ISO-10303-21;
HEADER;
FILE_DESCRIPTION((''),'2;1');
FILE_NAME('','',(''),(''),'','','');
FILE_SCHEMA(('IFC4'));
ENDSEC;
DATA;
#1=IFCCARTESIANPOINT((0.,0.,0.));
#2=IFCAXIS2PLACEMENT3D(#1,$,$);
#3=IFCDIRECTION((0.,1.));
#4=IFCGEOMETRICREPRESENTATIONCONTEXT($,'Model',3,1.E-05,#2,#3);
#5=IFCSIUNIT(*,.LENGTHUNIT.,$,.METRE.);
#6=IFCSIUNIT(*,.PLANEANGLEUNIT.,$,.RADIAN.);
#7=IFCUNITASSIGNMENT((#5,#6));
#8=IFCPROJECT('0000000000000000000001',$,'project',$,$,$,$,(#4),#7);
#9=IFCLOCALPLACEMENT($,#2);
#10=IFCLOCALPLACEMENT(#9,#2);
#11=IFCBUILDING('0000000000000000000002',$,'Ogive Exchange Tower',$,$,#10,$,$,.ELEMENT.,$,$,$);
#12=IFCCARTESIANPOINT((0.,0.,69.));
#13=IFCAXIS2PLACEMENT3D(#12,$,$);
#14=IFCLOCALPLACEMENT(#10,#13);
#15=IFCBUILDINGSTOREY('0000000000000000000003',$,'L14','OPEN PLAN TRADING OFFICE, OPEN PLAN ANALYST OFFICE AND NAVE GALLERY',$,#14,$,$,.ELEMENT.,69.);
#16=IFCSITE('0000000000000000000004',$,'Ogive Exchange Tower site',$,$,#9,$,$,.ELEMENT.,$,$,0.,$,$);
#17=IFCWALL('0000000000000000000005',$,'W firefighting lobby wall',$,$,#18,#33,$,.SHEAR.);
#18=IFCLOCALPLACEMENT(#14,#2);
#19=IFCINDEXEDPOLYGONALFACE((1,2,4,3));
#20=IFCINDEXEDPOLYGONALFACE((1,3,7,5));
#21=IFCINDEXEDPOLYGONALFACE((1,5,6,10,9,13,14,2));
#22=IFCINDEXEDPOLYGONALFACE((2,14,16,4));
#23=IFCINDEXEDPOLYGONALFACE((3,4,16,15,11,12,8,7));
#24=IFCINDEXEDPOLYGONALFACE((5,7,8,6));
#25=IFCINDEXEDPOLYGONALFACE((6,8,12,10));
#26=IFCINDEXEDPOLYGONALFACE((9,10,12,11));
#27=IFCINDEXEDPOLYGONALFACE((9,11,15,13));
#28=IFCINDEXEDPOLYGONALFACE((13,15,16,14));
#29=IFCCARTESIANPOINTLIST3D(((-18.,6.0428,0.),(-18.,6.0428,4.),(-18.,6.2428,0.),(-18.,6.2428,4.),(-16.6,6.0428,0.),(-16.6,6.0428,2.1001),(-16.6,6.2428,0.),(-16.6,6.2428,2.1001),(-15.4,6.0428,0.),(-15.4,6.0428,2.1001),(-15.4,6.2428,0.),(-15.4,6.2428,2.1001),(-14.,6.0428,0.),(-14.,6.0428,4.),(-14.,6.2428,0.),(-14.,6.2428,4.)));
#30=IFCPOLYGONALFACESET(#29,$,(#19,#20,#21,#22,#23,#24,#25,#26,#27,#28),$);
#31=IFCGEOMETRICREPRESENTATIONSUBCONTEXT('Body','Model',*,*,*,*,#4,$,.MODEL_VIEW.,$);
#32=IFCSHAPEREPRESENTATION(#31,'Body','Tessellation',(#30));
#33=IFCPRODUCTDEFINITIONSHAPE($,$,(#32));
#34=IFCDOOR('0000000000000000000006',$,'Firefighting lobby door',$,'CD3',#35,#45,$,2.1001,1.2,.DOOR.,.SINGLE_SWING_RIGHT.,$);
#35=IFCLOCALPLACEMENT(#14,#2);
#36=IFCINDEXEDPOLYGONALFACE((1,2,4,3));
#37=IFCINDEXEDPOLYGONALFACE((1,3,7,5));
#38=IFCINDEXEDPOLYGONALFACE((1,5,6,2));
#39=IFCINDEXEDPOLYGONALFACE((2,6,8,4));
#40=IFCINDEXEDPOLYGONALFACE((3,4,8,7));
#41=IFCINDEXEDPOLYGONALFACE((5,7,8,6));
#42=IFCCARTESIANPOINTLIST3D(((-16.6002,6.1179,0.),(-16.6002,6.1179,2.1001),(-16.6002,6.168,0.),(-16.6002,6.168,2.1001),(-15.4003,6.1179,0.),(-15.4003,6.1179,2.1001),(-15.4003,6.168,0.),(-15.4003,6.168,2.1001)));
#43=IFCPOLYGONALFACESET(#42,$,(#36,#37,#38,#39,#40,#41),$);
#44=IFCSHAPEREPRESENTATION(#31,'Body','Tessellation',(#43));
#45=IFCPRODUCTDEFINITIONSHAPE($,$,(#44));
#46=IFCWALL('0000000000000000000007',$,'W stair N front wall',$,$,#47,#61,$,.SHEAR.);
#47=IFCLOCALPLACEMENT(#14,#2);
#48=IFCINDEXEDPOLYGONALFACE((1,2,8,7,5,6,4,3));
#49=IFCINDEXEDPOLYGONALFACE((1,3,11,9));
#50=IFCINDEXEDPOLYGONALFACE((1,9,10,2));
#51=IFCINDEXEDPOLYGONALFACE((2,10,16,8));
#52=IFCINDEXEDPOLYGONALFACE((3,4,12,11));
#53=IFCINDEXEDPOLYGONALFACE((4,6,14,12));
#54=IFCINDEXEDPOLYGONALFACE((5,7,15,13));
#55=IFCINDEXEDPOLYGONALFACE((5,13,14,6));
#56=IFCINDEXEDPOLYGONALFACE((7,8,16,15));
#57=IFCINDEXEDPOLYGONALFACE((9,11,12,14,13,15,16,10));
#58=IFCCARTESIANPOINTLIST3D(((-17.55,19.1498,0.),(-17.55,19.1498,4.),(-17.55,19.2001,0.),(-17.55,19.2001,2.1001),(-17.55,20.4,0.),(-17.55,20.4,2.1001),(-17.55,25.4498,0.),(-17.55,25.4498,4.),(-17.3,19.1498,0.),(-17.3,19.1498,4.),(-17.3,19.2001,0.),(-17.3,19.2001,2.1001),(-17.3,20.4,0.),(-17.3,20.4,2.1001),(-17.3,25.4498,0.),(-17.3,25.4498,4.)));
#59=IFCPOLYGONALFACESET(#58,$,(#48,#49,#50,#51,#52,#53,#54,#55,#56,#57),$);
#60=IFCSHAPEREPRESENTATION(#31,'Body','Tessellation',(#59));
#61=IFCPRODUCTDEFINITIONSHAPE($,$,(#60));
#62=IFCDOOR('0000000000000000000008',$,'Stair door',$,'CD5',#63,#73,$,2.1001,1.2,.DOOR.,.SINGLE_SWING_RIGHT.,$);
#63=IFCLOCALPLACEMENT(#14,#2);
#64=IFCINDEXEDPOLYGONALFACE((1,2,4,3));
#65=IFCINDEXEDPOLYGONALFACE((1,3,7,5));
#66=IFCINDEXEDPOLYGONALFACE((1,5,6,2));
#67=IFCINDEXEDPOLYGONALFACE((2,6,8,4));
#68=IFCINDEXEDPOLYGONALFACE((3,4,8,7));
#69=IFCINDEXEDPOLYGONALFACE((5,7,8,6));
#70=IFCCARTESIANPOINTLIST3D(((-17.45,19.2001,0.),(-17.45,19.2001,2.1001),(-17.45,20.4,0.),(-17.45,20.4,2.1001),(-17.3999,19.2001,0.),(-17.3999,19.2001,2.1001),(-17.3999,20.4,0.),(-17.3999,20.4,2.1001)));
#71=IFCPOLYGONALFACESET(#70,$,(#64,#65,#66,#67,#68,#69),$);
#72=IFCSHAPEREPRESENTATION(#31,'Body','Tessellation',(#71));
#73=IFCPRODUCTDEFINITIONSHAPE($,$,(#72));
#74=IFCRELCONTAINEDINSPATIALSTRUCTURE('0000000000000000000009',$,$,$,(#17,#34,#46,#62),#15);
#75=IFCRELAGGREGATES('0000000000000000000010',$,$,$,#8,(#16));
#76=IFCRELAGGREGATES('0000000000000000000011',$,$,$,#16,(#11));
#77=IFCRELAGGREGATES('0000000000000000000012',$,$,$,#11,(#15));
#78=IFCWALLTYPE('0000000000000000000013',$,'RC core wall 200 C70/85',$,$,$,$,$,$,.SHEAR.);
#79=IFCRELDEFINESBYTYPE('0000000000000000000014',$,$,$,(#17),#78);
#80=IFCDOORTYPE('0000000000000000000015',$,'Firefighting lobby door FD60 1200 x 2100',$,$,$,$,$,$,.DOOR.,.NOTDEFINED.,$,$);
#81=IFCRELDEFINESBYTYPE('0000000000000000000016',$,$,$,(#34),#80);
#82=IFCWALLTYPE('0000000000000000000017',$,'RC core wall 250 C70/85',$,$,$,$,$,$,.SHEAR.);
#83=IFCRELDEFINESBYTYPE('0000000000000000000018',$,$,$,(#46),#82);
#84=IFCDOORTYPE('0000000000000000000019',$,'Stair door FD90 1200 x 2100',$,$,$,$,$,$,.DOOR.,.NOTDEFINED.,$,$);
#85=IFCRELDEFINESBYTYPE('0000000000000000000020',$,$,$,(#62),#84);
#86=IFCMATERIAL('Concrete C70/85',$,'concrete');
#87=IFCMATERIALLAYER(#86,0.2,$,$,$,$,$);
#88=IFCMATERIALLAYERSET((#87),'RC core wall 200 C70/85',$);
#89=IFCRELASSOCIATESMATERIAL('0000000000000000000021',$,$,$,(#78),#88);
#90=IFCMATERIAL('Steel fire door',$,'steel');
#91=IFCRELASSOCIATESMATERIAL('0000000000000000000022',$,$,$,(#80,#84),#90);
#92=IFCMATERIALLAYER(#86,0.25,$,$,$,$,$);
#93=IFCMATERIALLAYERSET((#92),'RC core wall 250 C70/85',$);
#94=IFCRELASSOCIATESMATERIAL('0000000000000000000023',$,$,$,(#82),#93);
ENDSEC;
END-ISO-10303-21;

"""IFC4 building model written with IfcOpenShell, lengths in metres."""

from ifc_helpers import new_model, si_unit, direction, frame, frame_2d, origin, place, context, subcontext, project, spatial, rectangle, extrude, material, layer, layer_set, type_object, element, fill, save


model = new_model("IFC4")

# Units and contexts
model_context = context("Model", 3, precision=1e-05, world=origin(), true_north=direction((0.0, 1.0)))
body_context = subcontext(model_context, "Body", "Model", "MODEL_VIEW")
ifc_project = project(units=[si_unit("LENGTHUNIT", "METRE"), si_unit("PLANEANGLEUNIT", "RADIAN")], contexts=[model_context])

# Site, building, storey
site_placement = place(None, origin())
site = spatial("IfcSite", under=ifc_project, at=site_placement, Name="Ogive Exchange Tower site", CompositionType="ELEMENT", RefElevation=0.0)
building_placement = place(site_placement, origin())
building = spatial("IfcBuilding", under=site, at=building_placement, Name="Ogive Exchange Tower", CompositionType="ELEMENT")
storey_placement = place(building_placement, frame((0.0, 0.0, 69.0)))
storey = spatial("IfcBuildingStorey", under=building, at=storey_placement, Name="L14", Description="OPEN PLAN TRADING OFFICE, OPEN PLAN ANALYST OFFICE AND NAVE GALLERY", CompositionType="ELEMENT", Elevation=69.0)

# Walls, openings, doors
ifc_material_1 = material(Name="Concrete C70/85", Category="concrete")
ifc_layer_1 = layer(ifc_material_1, 0.2)
ifc_layer_set_1 = layer_set([ifc_layer_1], Name="RC core wall 200 C70/85")
wall_type_1 = type_object("IfcWallType", Name="RC core wall 200 C70/85", PredefinedType="SHEAR", material=ifc_layer_set_1)
wall_1_placement = place(storey_placement, frame((-18.0, 6.1428, 0.0), z_axis=(0.0, 0.0, 1.0), x_axis=(1.0, 0.0, 0.0)))
wall_1 = element("IfcWall", 1, at=wall_1_placement, inside=storey, type_object=wall_type_1, Name="W firefighting lobby wall", PredefinedType="SHEAR", context=body_context, shape_type="SweptSolid", body=[
    extrude(rectangle(XDim=4.0, YDim=0.2, at=frame_2d((2.0, 0.0))), origin(), (0.0, 0.0, 1.0), 4.0),
])
opening_1_placement = place(wall_1_placement, frame((1.3999, 0.0, 0.0)))
opening_1 = element("IfcOpeningElement", 2, at=opening_1_placement, cuts=wall_1, PredefinedType="OPENING", context=body_context, shape_type="SweptSolid", body=[
    extrude(rectangle(XDim=1.2, YDim=2.1001, at=frame_2d((0.6001, 1.05))), frame((0.0, 0.1099, 0.0), z_axis=(0.0, -1.0, 0.0), x_axis=(1.0, 0.0, 0.0)), (0.0, 0.0, 1.0), 0.22),
])
ifc_material_2 = material(Name="Steel fire door", Category="steel")
door_type_1 = type_object("IfcDoorType", Name="Firefighting lobby door FD60 1200 x 2100", OperationType="NOTDEFINED", PredefinedType="DOOR", material=ifc_material_2)
door_1_placement = place(opening_1_placement, frame((1.2, 0.0, 0.0), z_axis=(0.0, 0.0, 1.0), x_axis=(-1.0, 0.0, 0.0)))
door_1 = element("IfcDoor", 3, at=door_1_placement, inside=storey, type_object=door_type_1, Name="Firefighting lobby door", ObjectType="CD3", OperationType="SINGLE_SWING_RIGHT", OverallHeight=2.1001, OverallWidth=1.2, PredefinedType="DOOR", context=body_context, shape_type="SweptSolid", body=[
    extrude(rectangle(XDim=1.2, YDim=2.1001, at=frame_2d((0.6001, 1.05))), frame((0.0, 0.0249, 0.0), z_axis=(0.0, -1.0, 0.0), x_axis=(1.0, 0.0, 0.0)), (0.0, 0.0, 1.0), 0.05),
])
fill(opening_1, door_1)
ifc_layer_2 = layer(ifc_material_1, 0.25)
ifc_layer_set_2 = layer_set([ifc_layer_2], Name="RC core wall 250 C70/85")
wall_type_2 = type_object("IfcWallType", Name="RC core wall 250 C70/85", PredefinedType="SHEAR", material=ifc_layer_set_2)
wall_2_placement = place(storey_placement, frame((-17.425, 19.1499, 0.0), z_axis=(0.0, 0.0, 1.0), x_axis=(0.0, 1.0, 0.0)))
wall_2 = element("IfcWall", 4, at=wall_2_placement, inside=storey, type_object=wall_type_2, Name="W stair N front wall", PredefinedType="SHEAR", context=body_context, shape_type="SweptSolid", body=[
    extrude(rectangle(XDim=6.3, YDim=0.25, at=frame_2d((3.1499, 0.0))), origin(), (0.0, 0.0, 1.0), 4.0),
])
opening_2_placement = place(wall_2_placement, frame((0.05, 0.0, 0.0)))
opening_2 = element("IfcOpeningElement", 5, at=opening_2_placement, cuts=wall_2, PredefinedType="OPENING", context=body_context, shape_type="SweptSolid", body=[
    extrude(rectangle(XDim=1.2, YDim=2.1001, at=frame_2d((0.6001, 1.05))), frame((0.0, 0.135, 0.0), z_axis=(0.0, -1.0, 0.0), x_axis=(1.0, 0.0, 0.0)), (0.0, 0.0, 1.0), 0.27),
])
door_type_2 = type_object("IfcDoorType", Name="Stair door FD90 1200 x 2100", OperationType="NOTDEFINED", PredefinedType="DOOR", material=ifc_material_2)
door_2_placement = place(opening_2_placement, origin())
door_2 = element("IfcDoor", 6, at=door_2_placement, inside=storey, type_object=door_type_2, Name="Stair door", ObjectType="CD5", OperationType="SINGLE_SWING_RIGHT", OverallHeight=2.1001, OverallWidth=1.2, PredefinedType="DOOR", context=body_context, shape_type="SweptSolid", body=[
    extrude(rectangle(XDim=1.2, YDim=2.1001, at=frame_2d((0.6001, 1.05))), frame((0.0, 0.0249, 0.0), z_axis=(0.0, -1.0, 0.0), x_axis=(1.0, 0.0, 0.0)), (0.0, 0.0, 1.0), 0.05),
])
fill(opening_2, door_2)

save(model, "model.ifc")
